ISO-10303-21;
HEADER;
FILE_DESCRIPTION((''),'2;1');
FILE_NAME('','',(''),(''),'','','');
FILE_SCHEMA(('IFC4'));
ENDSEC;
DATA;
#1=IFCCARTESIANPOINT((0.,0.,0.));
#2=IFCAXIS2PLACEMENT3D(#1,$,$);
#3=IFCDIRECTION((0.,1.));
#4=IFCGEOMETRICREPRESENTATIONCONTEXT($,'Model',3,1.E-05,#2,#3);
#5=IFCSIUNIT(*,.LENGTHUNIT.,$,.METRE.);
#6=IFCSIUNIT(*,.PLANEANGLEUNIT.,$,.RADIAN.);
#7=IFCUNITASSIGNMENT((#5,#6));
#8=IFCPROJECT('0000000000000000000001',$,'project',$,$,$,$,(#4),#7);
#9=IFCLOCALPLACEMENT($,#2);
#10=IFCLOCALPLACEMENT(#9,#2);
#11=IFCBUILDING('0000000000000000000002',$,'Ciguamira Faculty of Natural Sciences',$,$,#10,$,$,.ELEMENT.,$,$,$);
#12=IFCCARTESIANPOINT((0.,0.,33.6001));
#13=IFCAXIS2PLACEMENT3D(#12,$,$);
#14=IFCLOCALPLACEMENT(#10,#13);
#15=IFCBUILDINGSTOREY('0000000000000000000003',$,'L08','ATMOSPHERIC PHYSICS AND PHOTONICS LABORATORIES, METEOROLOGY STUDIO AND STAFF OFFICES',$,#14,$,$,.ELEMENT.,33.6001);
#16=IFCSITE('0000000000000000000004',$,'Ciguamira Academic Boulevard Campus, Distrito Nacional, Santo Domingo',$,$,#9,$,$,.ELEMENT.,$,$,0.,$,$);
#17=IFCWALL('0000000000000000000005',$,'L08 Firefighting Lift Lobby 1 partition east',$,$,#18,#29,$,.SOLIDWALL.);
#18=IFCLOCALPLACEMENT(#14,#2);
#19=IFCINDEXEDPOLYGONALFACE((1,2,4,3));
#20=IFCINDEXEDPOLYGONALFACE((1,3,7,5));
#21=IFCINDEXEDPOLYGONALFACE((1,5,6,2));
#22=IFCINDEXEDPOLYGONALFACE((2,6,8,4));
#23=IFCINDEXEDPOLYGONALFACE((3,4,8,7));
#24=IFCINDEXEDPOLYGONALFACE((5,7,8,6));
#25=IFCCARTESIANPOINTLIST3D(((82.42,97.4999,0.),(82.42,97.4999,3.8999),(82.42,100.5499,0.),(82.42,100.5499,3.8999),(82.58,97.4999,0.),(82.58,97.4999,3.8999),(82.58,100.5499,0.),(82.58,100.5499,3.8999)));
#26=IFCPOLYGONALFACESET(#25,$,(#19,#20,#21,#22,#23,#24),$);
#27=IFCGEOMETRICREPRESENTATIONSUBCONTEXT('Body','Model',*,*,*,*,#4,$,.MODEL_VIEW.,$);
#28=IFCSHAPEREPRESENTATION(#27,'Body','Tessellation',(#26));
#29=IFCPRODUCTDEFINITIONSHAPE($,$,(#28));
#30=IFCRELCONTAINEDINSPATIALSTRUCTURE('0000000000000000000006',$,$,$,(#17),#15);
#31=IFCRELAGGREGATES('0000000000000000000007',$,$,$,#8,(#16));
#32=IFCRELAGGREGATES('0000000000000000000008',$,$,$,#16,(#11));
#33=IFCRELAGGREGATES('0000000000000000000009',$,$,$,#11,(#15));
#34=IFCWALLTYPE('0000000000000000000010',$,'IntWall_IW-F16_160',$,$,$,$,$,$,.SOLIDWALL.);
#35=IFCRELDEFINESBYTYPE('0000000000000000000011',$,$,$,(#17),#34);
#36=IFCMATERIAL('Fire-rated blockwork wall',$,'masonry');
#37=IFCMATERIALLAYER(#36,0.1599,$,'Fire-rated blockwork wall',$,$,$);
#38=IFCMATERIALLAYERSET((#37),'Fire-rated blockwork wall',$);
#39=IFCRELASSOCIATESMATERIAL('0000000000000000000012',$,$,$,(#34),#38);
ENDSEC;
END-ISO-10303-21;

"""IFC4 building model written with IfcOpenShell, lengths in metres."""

from ifc_helpers import new_model, si_unit, direction, frame, frame_2d, origin, place, context, subcontext, project, spatial, rectangle, extrude, material, layer, layer_set, type_object, element, save


model = new_model("IFC4")

# Units and contexts
model_context = context("Model", 3, precision=1e-05, world=origin(), true_north=direction((0.0, 1.0)))
body_context = subcontext(model_context, "Body", "Model", "MODEL_VIEW")
ifc_project = project(units=[si_unit("LENGTHUNIT", "METRE"), si_unit("PLANEANGLEUNIT", "RADIAN")], contexts=[model_context])

# Site, building, storey
site_placement = place(None, origin())
site = spatial("IfcSite", under=ifc_project, at=site_placement, Name="Ciguamira Academic Boulevard Campus, Distrito Nacional, Santo Domingo", CompositionType="ELEMENT", RefElevation=0.0)
building_placement = place(site_placement, origin())
building = spatial("IfcBuilding", under=site, at=building_placement, Name="Ciguamira Faculty of Natural Sciences", CompositionType="ELEMENT")
storey_placement = place(building_placement, frame((0.0, 0.0, 33.6001)))
storey = spatial("IfcBuildingStorey", under=building, at=storey_placement, Name="L08", Description="ATMOSPHERIC PHYSICS AND PHOTONICS LABORATORIES, METEOROLOGY STUDIO AND STAFF OFFICES", CompositionType="ELEMENT", Elevation=33.6001)

# Shared definitions
ifc_material_1 = material(Name="Fire-rated blockwork wall", Category="masonry")
ifc_layer_1 = layer(ifc_material_1, 0.1599, Name="Fire-rated blockwork wall")
ifc_layer_set_1 = layer_set([ifc_layer_1], Name="Fire-rated blockwork wall")
wall_type_1 = type_object("IfcWallType", Name="IntWall_IW-F16_160", PredefinedType="SOLIDWALL", material=ifc_layer_set_1)

# Wall
wall_1_placement = place(storey_placement, frame((82.5, 97.5, 0.0), z_axis=(0.0, 0.0, 1.0), x_axis=(0.0, 1.0, 0.0)))
element("IfcWall", 1, at=wall_1_placement, inside=storey, type_object=wall_type_1, Name="L08 Firefighting Lift Lobby 1 partition east", PredefinedType="SOLIDWALL", context=body_context, shape_type="SweptSolid", body=[
    extrude(rectangle(XDim=3.05, YDim=0.1599, at=frame_2d((1.5249, 0.0))), origin(), (0.0, 0.0, 1.0), 3.8999),
])

save(model, "model.ifc")
